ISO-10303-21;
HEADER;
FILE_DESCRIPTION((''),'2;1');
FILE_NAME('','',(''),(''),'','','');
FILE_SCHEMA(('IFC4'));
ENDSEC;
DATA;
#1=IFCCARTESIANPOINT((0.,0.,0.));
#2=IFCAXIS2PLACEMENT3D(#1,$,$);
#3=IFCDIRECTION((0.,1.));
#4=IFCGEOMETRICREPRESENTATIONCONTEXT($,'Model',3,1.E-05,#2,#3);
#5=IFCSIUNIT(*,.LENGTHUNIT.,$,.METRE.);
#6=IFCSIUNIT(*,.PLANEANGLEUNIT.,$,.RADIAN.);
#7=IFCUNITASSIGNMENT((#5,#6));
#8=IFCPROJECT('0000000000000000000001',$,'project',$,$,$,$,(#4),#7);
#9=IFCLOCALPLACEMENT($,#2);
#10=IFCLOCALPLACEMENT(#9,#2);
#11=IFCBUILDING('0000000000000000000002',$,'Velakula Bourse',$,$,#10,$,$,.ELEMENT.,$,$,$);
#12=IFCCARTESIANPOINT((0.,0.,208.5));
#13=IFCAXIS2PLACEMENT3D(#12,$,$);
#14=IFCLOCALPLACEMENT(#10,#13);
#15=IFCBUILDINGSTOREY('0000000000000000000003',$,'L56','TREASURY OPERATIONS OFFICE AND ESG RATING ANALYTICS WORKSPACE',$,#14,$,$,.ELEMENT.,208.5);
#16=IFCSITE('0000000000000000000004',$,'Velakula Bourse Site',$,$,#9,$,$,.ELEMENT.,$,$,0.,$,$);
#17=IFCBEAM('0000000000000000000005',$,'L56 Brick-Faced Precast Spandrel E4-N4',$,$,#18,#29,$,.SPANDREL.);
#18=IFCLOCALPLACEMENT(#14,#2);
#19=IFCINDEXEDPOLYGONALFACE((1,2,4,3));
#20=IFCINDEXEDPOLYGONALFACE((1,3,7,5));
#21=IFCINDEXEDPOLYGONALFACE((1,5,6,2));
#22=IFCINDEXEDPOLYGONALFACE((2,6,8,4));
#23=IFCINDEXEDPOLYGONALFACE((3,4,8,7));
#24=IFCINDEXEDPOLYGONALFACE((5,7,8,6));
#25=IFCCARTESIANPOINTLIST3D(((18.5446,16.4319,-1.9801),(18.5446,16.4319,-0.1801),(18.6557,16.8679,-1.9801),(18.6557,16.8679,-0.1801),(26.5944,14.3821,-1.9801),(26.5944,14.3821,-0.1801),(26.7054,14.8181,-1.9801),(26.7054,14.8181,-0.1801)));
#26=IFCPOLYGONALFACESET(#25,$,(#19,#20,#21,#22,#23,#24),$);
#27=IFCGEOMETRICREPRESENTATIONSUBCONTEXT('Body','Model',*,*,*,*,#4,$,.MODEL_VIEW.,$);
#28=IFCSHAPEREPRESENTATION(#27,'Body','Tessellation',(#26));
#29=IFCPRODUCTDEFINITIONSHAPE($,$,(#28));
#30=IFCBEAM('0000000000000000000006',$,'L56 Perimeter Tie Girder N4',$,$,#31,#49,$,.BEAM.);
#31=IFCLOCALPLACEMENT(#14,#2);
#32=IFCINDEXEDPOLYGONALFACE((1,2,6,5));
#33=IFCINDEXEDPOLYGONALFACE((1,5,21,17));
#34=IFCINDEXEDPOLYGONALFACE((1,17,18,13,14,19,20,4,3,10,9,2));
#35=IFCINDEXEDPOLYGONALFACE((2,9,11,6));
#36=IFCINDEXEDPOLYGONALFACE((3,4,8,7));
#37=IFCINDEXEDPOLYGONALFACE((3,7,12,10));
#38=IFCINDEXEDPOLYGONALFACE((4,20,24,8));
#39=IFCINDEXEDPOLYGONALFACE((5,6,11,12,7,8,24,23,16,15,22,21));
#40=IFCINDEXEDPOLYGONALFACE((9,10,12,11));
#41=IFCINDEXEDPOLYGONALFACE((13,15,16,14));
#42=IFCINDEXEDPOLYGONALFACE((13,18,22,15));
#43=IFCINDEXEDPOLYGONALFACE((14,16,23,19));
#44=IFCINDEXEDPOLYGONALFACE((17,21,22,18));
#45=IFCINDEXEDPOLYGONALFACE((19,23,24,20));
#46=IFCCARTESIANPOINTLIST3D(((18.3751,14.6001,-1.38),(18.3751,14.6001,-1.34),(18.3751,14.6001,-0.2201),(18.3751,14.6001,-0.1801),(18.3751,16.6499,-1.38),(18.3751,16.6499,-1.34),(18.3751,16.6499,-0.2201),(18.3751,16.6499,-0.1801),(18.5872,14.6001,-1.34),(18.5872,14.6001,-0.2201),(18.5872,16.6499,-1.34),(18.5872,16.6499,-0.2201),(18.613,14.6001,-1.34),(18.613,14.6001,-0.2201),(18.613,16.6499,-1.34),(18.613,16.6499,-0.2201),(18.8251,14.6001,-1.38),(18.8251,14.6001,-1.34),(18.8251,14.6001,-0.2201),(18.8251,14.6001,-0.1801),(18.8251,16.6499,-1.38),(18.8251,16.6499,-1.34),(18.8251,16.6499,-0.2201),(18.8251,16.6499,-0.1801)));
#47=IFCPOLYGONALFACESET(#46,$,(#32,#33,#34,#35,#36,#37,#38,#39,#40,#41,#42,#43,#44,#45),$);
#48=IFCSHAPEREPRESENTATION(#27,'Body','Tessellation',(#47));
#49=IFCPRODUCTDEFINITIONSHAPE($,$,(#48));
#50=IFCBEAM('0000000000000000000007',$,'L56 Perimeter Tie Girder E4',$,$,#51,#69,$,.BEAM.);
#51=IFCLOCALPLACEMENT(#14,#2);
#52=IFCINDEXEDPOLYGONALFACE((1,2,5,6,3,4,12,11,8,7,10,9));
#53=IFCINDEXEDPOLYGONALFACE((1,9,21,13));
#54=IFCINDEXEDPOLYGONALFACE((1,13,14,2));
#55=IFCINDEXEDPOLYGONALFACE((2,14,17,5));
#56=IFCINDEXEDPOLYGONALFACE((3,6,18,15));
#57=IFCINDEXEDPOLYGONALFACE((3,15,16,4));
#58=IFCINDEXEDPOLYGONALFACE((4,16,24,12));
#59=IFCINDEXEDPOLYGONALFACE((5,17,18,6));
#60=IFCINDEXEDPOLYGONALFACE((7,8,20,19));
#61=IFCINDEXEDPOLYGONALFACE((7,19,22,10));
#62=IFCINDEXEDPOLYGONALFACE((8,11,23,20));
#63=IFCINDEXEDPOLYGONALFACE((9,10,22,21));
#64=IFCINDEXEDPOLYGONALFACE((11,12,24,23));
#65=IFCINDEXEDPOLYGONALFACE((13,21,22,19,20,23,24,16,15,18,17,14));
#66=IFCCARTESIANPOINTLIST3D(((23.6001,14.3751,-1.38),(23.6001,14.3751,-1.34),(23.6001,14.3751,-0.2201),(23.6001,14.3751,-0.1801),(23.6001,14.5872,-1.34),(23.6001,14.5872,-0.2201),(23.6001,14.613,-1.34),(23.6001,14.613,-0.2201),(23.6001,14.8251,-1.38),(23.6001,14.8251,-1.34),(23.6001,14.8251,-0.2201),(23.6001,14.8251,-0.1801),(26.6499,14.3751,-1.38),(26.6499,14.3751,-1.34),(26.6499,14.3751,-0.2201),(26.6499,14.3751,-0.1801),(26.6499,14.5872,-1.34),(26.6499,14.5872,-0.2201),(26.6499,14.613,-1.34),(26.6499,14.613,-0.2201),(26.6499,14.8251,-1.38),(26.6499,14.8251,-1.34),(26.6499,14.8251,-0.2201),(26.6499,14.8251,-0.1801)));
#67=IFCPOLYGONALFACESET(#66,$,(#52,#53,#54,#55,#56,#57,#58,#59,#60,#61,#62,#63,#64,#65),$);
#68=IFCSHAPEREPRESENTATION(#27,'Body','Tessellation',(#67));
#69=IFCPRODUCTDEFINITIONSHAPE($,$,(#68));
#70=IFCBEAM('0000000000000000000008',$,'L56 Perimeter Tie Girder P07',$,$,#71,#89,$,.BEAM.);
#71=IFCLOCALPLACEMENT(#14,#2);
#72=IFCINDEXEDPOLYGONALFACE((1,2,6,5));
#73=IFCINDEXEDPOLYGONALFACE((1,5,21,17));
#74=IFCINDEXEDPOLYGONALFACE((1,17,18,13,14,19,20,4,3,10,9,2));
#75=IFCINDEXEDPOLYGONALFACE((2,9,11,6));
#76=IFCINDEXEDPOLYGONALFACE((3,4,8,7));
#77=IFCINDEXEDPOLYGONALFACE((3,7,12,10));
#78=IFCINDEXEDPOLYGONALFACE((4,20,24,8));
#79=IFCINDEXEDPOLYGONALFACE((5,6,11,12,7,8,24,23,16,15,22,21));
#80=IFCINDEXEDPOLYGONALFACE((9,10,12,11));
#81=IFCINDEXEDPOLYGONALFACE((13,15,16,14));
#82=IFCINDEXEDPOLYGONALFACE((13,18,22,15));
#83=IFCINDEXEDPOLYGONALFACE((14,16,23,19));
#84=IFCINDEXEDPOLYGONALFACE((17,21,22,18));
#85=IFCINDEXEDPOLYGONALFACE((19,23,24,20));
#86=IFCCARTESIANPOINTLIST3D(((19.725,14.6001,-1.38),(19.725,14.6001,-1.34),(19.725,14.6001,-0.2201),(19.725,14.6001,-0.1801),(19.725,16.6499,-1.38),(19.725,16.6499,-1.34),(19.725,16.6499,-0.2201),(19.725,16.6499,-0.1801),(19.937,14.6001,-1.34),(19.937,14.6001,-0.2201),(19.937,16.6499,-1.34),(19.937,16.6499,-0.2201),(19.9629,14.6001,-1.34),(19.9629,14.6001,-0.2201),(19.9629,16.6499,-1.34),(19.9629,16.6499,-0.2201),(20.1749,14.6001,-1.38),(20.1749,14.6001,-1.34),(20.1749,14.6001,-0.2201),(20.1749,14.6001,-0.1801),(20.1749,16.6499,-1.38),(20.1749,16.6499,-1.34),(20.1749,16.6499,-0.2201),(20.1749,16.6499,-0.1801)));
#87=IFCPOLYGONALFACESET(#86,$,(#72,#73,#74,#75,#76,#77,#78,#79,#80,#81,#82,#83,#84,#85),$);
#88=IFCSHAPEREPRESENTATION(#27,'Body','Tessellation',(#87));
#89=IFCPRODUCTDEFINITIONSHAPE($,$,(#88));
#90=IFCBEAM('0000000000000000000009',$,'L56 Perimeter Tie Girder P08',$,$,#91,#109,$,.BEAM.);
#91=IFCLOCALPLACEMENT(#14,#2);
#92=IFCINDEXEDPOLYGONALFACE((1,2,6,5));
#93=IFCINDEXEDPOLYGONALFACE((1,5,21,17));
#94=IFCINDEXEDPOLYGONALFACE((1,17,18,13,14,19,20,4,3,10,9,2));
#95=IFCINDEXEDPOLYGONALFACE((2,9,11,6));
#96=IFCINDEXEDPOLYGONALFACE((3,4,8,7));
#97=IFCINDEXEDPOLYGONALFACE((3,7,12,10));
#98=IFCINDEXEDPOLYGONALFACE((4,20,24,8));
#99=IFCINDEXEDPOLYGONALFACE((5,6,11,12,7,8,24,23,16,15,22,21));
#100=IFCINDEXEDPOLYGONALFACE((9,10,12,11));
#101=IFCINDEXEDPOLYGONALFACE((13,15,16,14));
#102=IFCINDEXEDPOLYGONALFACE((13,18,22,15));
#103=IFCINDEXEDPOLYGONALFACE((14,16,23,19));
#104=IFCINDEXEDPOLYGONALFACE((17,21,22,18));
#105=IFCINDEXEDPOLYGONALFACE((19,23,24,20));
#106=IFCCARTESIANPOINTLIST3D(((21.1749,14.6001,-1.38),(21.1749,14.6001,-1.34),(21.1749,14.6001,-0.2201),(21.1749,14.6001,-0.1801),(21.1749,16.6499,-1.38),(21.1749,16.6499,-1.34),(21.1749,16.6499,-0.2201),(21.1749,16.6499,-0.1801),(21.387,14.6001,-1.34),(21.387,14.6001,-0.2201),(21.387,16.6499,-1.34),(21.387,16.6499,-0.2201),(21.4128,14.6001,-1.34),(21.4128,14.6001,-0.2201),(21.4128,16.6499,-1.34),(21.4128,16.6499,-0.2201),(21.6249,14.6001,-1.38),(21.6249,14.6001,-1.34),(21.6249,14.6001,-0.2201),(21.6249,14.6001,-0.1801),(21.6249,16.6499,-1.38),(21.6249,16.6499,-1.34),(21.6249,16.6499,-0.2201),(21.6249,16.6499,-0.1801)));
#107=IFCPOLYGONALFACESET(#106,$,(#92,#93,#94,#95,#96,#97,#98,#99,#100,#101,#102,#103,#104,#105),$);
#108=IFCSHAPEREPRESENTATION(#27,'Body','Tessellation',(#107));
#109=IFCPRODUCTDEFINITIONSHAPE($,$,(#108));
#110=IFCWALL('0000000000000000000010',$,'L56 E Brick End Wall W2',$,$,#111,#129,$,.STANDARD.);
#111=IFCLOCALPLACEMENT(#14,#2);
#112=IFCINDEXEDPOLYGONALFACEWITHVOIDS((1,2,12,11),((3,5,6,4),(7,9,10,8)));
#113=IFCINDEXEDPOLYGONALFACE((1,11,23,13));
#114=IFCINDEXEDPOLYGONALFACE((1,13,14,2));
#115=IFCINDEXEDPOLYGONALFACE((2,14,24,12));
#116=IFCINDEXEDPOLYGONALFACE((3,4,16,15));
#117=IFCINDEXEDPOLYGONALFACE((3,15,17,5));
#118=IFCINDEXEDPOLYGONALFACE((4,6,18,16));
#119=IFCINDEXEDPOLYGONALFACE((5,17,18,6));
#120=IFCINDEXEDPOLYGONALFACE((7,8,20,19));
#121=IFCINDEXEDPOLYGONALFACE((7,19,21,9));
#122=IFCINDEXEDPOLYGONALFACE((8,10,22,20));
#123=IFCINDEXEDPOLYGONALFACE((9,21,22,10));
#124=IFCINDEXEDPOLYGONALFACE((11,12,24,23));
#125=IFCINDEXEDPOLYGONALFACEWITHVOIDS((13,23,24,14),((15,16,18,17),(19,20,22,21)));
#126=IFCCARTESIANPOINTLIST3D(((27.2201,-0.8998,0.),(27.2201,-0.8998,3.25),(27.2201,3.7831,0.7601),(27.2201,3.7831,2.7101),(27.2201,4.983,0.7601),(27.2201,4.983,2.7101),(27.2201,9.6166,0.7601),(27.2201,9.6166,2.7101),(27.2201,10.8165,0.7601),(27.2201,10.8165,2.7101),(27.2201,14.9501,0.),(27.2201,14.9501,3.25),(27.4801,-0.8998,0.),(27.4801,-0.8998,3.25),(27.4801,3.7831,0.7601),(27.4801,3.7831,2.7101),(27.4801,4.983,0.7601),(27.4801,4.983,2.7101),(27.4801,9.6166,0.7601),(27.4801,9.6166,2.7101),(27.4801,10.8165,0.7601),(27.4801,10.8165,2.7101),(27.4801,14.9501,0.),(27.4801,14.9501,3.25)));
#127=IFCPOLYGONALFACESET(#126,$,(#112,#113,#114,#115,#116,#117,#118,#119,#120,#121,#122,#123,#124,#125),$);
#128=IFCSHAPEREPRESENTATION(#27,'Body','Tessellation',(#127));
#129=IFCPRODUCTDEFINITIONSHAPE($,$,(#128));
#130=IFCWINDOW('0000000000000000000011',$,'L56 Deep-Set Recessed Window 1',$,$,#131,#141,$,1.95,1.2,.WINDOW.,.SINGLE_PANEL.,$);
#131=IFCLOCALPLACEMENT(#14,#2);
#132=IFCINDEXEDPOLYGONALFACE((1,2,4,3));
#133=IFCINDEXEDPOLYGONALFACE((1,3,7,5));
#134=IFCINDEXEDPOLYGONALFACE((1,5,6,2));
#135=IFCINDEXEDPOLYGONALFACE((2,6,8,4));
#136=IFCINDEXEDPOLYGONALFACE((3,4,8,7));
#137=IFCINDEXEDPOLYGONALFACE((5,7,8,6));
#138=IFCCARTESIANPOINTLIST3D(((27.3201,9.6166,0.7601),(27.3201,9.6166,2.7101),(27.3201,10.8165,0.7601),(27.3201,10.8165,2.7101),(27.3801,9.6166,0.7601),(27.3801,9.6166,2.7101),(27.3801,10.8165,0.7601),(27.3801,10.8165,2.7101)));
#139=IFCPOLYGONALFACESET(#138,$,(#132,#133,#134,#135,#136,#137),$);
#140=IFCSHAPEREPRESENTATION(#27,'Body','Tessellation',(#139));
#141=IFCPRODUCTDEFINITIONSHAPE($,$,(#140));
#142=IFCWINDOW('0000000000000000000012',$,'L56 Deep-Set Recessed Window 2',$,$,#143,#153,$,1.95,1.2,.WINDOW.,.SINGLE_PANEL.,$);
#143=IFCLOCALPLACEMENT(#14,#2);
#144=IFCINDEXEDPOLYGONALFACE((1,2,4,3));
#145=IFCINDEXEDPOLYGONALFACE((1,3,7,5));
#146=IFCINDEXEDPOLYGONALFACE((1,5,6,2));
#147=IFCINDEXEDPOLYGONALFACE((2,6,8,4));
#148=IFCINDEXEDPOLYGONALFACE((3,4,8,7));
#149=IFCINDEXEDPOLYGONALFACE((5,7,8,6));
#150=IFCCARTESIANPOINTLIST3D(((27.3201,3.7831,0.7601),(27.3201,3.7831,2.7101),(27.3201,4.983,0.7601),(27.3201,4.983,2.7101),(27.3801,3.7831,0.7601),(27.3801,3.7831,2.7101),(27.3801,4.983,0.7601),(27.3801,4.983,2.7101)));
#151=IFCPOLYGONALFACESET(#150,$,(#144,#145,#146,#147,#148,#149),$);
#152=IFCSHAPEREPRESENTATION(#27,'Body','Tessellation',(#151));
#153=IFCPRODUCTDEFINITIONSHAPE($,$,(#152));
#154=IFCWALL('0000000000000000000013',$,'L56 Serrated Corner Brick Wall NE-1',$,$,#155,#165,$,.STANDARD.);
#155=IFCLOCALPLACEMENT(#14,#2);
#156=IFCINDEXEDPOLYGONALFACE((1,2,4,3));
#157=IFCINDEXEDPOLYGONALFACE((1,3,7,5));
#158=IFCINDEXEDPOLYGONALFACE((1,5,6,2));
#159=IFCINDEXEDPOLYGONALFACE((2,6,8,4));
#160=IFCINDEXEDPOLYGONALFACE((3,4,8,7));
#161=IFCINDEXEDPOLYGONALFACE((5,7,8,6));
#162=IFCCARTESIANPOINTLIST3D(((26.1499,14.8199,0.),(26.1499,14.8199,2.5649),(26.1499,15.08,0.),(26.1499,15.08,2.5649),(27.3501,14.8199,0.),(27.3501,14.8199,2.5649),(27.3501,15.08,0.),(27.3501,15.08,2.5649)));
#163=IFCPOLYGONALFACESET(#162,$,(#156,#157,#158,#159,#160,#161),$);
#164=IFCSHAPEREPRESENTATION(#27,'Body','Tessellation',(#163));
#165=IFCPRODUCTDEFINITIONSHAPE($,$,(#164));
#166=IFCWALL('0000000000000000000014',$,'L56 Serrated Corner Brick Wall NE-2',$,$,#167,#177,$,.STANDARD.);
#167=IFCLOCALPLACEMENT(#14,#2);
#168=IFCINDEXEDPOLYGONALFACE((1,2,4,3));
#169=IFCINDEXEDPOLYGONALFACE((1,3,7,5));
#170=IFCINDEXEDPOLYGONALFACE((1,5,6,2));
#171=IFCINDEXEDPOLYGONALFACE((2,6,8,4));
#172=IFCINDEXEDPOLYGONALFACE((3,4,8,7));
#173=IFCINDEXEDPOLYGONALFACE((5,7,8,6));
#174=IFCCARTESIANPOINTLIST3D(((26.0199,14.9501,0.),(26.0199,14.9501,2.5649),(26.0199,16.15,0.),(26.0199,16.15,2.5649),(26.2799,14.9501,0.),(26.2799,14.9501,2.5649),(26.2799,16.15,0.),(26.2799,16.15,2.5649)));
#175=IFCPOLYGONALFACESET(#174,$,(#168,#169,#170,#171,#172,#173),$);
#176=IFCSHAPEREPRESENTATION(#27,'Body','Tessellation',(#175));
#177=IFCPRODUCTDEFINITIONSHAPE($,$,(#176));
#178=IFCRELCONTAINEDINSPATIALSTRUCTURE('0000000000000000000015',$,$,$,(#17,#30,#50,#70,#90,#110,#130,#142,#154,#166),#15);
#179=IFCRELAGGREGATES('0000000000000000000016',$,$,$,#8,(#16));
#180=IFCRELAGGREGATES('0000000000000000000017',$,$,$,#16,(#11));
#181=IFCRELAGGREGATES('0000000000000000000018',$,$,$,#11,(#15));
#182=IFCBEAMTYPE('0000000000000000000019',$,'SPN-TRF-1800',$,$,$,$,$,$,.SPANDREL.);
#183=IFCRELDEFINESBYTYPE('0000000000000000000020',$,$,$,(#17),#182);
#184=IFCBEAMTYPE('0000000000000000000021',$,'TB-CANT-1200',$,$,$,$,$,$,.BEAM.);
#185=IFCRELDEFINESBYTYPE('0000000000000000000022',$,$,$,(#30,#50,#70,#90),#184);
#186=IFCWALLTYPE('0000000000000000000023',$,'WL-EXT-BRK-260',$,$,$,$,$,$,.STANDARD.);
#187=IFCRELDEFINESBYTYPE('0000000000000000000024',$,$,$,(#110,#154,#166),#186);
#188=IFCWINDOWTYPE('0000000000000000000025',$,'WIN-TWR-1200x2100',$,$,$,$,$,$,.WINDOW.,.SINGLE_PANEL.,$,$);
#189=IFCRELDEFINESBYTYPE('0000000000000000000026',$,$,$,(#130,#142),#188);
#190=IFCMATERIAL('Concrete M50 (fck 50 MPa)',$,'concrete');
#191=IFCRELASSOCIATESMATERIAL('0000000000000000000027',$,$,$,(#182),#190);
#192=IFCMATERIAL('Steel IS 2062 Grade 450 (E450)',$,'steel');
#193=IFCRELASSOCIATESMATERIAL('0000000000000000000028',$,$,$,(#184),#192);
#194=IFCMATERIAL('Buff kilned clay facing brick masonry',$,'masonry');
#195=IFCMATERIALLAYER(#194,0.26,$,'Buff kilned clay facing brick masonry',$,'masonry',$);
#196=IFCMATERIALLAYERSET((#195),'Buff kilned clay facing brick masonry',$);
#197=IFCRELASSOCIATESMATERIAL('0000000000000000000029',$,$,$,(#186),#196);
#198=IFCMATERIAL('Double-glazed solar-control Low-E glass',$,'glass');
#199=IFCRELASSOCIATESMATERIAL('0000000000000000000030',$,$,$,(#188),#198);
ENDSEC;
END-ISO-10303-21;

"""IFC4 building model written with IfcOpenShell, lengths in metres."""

from ifc_helpers import new_model, si_unit, direction, frame, frame_2d, origin, origin_2d, place, context, subcontext, project, spatial, rectangle, i_section, extrude, material, layer, layer_set, material_profile, profile_set, type_object, element, fill, save


model = new_model("IFC4")

# Units and contexts
model_context = context("Model", 3, precision=1e-05, world=origin(), true_north=direction((0.0, 1.0)))
body_context = subcontext(model_context, "Body", "Model", "MODEL_VIEW")
ifc_project = project(units=[si_unit("LENGTHUNIT", "METRE"), si_unit("PLANEANGLEUNIT", "RADIAN")], contexts=[model_context])

# Site, building, storey
site_placement = place(None, origin())
site = spatial("IfcSite", under=ifc_project, at=site_placement, Name="Velakula Bourse Site", CompositionType="ELEMENT", RefElevation=0.0)
building_placement = place(site_placement, origin())
building = spatial("IfcBuilding", under=site, at=building_placement, Name="Velakula Bourse", CompositionType="ELEMENT")
storey_placement = place(building_placement, frame((0.0, 0.0, 208.5)))
storey = spatial("IfcBuildingStorey", under=building, at=storey_placement, Name="L56", Description="TREASURY OPERATIONS OFFICE AND ESG RATING ANALYTICS WORKSPACE", CompositionType="ELEMENT", Elevation=208.5)

# Beams
ifc_material_1 = material(Name="Concrete M50 (fck 50 MPa)", Category="concrete")
ifc_material_profile_1 = material_profile(ifc_material_1, rectangle(XDim=0.45, YDim=1.8, at=origin_2d()), Name="Concrete M50 (fck 50 MPa)")
ifc_profile_set_1 = profile_set([ifc_material_profile_1], Name="Concrete M50 (fck 50 MPa)")
beam_type_1 = type_object("IfcBeamType", Name="SPN-TRF-1800", PredefinedType="SPANDREL", material=ifc_profile_set_1)
beam_1_placement = place(storey_placement, frame((26.6499, 14.6001, -1.0801), z_axis=(-0.969075, 0.246766, 0.0), x_axis=(-0.246766, -0.969075, 0.0)))
element("IfcBeam", 1, at=beam_1_placement, inside=storey, type_object=beam_type_1, Name="L56 Brick-Faced Precast Spandrel E4-N4", PredefinedType="SPANDREL", context=body_context, shape_type="SweptSolid", body=[
    extrude(rectangle(XDim=0.45, YDim=1.8, at=origin_2d()), origin(), (0.0, 0.0, 1.0), 8.3066),
])
ifc_material_2 = material(Name="Steel IS 2062 Grade 450 (E450)", Category="steel")
ifc_material_profile_2 = material_profile(ifc_material_2, i_section(OverallWidth=0.45, OverallDepth=1.2, WebThickness=0.0259, FlangeThickness=0.04, at=origin_2d()), Name="Steel IS 2062 Grade 450 (E450)")
ifc_profile_set_2 = profile_set([ifc_material_profile_2], Name="Steel IS 2062 Grade 450 (E450)")
beam_type_2 = type_object("IfcBeamType", Name="TB-CANT-1200", PredefinedType="BEAM", material=ifc_profile_set_2)
beam_2_placement = place(storey_placement, frame((18.6001, 14.6001, -0.78), z_axis=(0.0, 1.0, 0.0), x_axis=(-1.0, 0.0, 0.0)))
element("IfcBeam", 2, at=beam_2_placement, inside=storey, type_object=beam_type_2, Name="L56 Perimeter Tie Girder N4", PredefinedType="BEAM", context=body_context, shape_type="SweptSolid", body=[
    extrude(i_section(OverallWidth=0.45, OverallDepth=1.2, WebThickness=0.0259, FlangeThickness=0.04, at=origin_2d()), origin(), (0.0, 0.0, 1.0), 2.0498),
])
beam_3_placement = place(storey_placement, frame((23.6001, 14.6001, -0.78), z_axis=(1.0, 0.0, 0.0), x_axis=(0.0, 1.0, 0.0)))
element("IfcBeam", 3, at=beam_3_placement, inside=storey, type_object=beam_type_2, Name="L56 Perimeter Tie Girder E4", PredefinedType="BEAM", context=body_context, shape_type="SweptSolid", body=[
    extrude(i_section(OverallWidth=0.45, OverallDepth=1.2, WebThickness=0.0259, FlangeThickness=0.04, at=origin_2d()), origin(), (0.0, 0.0, 1.0), 3.0498),
])
for number, where, z_axis, x_axis, name in (
    (4, (19.95, 14.6001, -0.78), (0.0, 1.0, 0.0), (-1.0, 0.0, 0.0), "L56 Perimeter Tie Girder P07"),
    (5, (21.3999, 14.6001, -0.78), (0.0, 1.0, 0.0), (-1.0, 0.0, 0.0), "L56 Perimeter Tie Girder P08"),
):
    element("IfcBeam", number, at=place(storey_placement, frame(where, z_axis=z_axis, x_axis=x_axis)), inside=storey, type_object=beam_type_2, Name=name, PredefinedType="BEAM", context=body_context, shape_type="SweptSolid", body=[
        extrude(i_section(OverallWidth=0.45, OverallDepth=1.2, WebThickness=0.0259, FlangeThickness=0.04, at=origin_2d()), origin(), (0.0, 0.0, 1.0), 2.0498),
    ])

# Wall, openings, windows
ifc_material_3 = material(Name="Buff kilned clay facing brick masonry", Category="masonry")
ifc_layer = layer(ifc_material_3, 0.26, Name="Buff kilned clay facing brick masonry", Category="masonry")
ifc_layer_set = layer_set([ifc_layer], Name="Buff kilned clay facing brick masonry")
wall_type = type_object("IfcWallType", Name="WL-EXT-BRK-260", PredefinedType="STANDARD", material=ifc_layer_set)
wall_1_placement = place(storey_placement, frame((27.3501, 14.95, 0.0), z_axis=(0.0, 0.0, 1.0), x_axis=(0.0, -1.0, 0.0)))
wall_1 = element("IfcWall", 6, at=wall_1_placement, inside=storey, type_object=wall_type, Name="L56 E Brick End Wall W2", PredefinedType="STANDARD", context=body_context, shape_type="SweptSolid", body=[
    extrude(rectangle(XDim=15.8499, YDim=0.26, at=frame_2d((7.9248, 0.0))), origin(), (0.0, 0.0, 1.0), 3.25),
])
opening_1_placement = place(wall_1_placement, frame((4.1333, 0.0, 0.76)))
opening_1 = element("IfcOpeningElement", 7, at=opening_1_placement, cuts=wall_1, PredefinedType="OPENING", context=body_context, shape_type="SweptSolid", body=[
    extrude(rectangle(XDim=1.2, YDim=1.95, at=frame_2d((0.6001, 0.9751))), frame((0.0, 0.1399, 0.0), z_axis=(0.0, -1.0, 0.0), x_axis=(1.0, 0.0, 0.0)), (0.0, 0.0, 1.0), 0.28),
])
opening_2_placement = place(wall_1_placement, frame((9.9668, 0.0, 0.76)))
opening_2 = element("IfcOpeningElement", 8, at=opening_2_placement, cuts=wall_1, PredefinedType="OPENING", context=body_context, shape_type="SweptSolid", body=[
    extrude(rectangle(XDim=1.2, YDim=1.95, at=frame_2d((0.6001, 0.9751))), frame((0.0, 0.1399, 0.0), z_axis=(0.0, -1.0, 0.0), x_axis=(1.0, 0.0, 0.0)), (0.0, 0.0, 1.0), 0.28),
])
ifc_material_4 = material(Name="Double-glazed solar-control Low-E glass", Category="glass")
window_type = type_object("IfcWindowType", Name="WIN-TWR-1200x2100", PartitioningType="SINGLE_PANEL", PredefinedType="WINDOW", material=ifc_material_4)
window_1_placement = place(opening_1_placement, origin())
window_1 = element("IfcWindow", 9, at=window_1_placement, inside=storey, type_object=window_type, Name="L56 Deep-Set Recessed Window 1", OverallHeight=1.95, OverallWidth=1.2, PartitioningType="SINGLE_PANEL", PredefinedType="WINDOW", context=body_context, shape_type="SweptSolid", body=[
    extrude(rectangle(XDim=1.2, YDim=1.95, at=frame_2d((0.6001, 0.9751))), frame((0.0, 0.03, 0.0), z_axis=(0.0, -1.0, 0.0), x_axis=(1.0, 0.0, 0.0)), (0.0, 0.0, 1.0), 0.0601),
])
fill(opening_1, window_1)
window_2_placement = place(opening_2_placement, origin())
window_2 = element("IfcWindow", 10, at=window_2_placement, inside=storey, type_object=window_type, Name="L56 Deep-Set Recessed Window 2", OverallHeight=1.95, OverallWidth=1.2, PartitioningType="SINGLE_PANEL", PredefinedType="WINDOW", context=body_context, shape_type="SweptSolid", body=[
    extrude(rectangle(XDim=1.2, YDim=1.95, at=frame_2d((0.6001, 0.9751))), frame((0.0, 0.03, 0.0), z_axis=(0.0, -1.0, 0.0), x_axis=(1.0, 0.0, 0.0)), (0.0, 0.0, 1.0), 0.0601),
])
fill(opening_2, window_2)

# Walls
wall_2_placement = place(storey_placement, frame((27.3501, 14.95, 0.0), z_axis=(0.0, 0.0, 1.0), x_axis=(-1.0, 0.0, 0.0)))
element("IfcWall", 11, at=wall_2_placement, inside=storey, type_object=wall_type, Name="L56 Serrated Corner Brick Wall NE-1", PredefinedType="STANDARD", context=body_context, shape_type="SweptSolid", body=[
    extrude(rectangle(XDim=1.2002, YDim=0.26, at=frame_2d((0.6001, 0.0))), origin(), (0.0, 0.0, 1.0), 2.5649),
])
for number, where, z_axis, x_axis, name in (
    (12, (26.1499, 14.95, 0.0), (0.0, 0.0, 1.0), (0.0, 1.0, 0.0), "L56 Serrated Corner Brick Wall NE-2"),
):
    element("IfcWall", number, at=place(storey_placement, frame(where, z_axis=z_axis, x_axis=x_axis)), inside=storey, type_object=wall_type, Name=name, PredefinedType="STANDARD", context=body_context, shape_type="SweptSolid", body=[
        extrude(rectangle(XDim=1.2, YDim=0.26, at=frame_2d((0.6001, 0.0))), origin(), (0.0, 0.0, 1.0), 2.5649),
    ])

save(model, "model.ifc")
